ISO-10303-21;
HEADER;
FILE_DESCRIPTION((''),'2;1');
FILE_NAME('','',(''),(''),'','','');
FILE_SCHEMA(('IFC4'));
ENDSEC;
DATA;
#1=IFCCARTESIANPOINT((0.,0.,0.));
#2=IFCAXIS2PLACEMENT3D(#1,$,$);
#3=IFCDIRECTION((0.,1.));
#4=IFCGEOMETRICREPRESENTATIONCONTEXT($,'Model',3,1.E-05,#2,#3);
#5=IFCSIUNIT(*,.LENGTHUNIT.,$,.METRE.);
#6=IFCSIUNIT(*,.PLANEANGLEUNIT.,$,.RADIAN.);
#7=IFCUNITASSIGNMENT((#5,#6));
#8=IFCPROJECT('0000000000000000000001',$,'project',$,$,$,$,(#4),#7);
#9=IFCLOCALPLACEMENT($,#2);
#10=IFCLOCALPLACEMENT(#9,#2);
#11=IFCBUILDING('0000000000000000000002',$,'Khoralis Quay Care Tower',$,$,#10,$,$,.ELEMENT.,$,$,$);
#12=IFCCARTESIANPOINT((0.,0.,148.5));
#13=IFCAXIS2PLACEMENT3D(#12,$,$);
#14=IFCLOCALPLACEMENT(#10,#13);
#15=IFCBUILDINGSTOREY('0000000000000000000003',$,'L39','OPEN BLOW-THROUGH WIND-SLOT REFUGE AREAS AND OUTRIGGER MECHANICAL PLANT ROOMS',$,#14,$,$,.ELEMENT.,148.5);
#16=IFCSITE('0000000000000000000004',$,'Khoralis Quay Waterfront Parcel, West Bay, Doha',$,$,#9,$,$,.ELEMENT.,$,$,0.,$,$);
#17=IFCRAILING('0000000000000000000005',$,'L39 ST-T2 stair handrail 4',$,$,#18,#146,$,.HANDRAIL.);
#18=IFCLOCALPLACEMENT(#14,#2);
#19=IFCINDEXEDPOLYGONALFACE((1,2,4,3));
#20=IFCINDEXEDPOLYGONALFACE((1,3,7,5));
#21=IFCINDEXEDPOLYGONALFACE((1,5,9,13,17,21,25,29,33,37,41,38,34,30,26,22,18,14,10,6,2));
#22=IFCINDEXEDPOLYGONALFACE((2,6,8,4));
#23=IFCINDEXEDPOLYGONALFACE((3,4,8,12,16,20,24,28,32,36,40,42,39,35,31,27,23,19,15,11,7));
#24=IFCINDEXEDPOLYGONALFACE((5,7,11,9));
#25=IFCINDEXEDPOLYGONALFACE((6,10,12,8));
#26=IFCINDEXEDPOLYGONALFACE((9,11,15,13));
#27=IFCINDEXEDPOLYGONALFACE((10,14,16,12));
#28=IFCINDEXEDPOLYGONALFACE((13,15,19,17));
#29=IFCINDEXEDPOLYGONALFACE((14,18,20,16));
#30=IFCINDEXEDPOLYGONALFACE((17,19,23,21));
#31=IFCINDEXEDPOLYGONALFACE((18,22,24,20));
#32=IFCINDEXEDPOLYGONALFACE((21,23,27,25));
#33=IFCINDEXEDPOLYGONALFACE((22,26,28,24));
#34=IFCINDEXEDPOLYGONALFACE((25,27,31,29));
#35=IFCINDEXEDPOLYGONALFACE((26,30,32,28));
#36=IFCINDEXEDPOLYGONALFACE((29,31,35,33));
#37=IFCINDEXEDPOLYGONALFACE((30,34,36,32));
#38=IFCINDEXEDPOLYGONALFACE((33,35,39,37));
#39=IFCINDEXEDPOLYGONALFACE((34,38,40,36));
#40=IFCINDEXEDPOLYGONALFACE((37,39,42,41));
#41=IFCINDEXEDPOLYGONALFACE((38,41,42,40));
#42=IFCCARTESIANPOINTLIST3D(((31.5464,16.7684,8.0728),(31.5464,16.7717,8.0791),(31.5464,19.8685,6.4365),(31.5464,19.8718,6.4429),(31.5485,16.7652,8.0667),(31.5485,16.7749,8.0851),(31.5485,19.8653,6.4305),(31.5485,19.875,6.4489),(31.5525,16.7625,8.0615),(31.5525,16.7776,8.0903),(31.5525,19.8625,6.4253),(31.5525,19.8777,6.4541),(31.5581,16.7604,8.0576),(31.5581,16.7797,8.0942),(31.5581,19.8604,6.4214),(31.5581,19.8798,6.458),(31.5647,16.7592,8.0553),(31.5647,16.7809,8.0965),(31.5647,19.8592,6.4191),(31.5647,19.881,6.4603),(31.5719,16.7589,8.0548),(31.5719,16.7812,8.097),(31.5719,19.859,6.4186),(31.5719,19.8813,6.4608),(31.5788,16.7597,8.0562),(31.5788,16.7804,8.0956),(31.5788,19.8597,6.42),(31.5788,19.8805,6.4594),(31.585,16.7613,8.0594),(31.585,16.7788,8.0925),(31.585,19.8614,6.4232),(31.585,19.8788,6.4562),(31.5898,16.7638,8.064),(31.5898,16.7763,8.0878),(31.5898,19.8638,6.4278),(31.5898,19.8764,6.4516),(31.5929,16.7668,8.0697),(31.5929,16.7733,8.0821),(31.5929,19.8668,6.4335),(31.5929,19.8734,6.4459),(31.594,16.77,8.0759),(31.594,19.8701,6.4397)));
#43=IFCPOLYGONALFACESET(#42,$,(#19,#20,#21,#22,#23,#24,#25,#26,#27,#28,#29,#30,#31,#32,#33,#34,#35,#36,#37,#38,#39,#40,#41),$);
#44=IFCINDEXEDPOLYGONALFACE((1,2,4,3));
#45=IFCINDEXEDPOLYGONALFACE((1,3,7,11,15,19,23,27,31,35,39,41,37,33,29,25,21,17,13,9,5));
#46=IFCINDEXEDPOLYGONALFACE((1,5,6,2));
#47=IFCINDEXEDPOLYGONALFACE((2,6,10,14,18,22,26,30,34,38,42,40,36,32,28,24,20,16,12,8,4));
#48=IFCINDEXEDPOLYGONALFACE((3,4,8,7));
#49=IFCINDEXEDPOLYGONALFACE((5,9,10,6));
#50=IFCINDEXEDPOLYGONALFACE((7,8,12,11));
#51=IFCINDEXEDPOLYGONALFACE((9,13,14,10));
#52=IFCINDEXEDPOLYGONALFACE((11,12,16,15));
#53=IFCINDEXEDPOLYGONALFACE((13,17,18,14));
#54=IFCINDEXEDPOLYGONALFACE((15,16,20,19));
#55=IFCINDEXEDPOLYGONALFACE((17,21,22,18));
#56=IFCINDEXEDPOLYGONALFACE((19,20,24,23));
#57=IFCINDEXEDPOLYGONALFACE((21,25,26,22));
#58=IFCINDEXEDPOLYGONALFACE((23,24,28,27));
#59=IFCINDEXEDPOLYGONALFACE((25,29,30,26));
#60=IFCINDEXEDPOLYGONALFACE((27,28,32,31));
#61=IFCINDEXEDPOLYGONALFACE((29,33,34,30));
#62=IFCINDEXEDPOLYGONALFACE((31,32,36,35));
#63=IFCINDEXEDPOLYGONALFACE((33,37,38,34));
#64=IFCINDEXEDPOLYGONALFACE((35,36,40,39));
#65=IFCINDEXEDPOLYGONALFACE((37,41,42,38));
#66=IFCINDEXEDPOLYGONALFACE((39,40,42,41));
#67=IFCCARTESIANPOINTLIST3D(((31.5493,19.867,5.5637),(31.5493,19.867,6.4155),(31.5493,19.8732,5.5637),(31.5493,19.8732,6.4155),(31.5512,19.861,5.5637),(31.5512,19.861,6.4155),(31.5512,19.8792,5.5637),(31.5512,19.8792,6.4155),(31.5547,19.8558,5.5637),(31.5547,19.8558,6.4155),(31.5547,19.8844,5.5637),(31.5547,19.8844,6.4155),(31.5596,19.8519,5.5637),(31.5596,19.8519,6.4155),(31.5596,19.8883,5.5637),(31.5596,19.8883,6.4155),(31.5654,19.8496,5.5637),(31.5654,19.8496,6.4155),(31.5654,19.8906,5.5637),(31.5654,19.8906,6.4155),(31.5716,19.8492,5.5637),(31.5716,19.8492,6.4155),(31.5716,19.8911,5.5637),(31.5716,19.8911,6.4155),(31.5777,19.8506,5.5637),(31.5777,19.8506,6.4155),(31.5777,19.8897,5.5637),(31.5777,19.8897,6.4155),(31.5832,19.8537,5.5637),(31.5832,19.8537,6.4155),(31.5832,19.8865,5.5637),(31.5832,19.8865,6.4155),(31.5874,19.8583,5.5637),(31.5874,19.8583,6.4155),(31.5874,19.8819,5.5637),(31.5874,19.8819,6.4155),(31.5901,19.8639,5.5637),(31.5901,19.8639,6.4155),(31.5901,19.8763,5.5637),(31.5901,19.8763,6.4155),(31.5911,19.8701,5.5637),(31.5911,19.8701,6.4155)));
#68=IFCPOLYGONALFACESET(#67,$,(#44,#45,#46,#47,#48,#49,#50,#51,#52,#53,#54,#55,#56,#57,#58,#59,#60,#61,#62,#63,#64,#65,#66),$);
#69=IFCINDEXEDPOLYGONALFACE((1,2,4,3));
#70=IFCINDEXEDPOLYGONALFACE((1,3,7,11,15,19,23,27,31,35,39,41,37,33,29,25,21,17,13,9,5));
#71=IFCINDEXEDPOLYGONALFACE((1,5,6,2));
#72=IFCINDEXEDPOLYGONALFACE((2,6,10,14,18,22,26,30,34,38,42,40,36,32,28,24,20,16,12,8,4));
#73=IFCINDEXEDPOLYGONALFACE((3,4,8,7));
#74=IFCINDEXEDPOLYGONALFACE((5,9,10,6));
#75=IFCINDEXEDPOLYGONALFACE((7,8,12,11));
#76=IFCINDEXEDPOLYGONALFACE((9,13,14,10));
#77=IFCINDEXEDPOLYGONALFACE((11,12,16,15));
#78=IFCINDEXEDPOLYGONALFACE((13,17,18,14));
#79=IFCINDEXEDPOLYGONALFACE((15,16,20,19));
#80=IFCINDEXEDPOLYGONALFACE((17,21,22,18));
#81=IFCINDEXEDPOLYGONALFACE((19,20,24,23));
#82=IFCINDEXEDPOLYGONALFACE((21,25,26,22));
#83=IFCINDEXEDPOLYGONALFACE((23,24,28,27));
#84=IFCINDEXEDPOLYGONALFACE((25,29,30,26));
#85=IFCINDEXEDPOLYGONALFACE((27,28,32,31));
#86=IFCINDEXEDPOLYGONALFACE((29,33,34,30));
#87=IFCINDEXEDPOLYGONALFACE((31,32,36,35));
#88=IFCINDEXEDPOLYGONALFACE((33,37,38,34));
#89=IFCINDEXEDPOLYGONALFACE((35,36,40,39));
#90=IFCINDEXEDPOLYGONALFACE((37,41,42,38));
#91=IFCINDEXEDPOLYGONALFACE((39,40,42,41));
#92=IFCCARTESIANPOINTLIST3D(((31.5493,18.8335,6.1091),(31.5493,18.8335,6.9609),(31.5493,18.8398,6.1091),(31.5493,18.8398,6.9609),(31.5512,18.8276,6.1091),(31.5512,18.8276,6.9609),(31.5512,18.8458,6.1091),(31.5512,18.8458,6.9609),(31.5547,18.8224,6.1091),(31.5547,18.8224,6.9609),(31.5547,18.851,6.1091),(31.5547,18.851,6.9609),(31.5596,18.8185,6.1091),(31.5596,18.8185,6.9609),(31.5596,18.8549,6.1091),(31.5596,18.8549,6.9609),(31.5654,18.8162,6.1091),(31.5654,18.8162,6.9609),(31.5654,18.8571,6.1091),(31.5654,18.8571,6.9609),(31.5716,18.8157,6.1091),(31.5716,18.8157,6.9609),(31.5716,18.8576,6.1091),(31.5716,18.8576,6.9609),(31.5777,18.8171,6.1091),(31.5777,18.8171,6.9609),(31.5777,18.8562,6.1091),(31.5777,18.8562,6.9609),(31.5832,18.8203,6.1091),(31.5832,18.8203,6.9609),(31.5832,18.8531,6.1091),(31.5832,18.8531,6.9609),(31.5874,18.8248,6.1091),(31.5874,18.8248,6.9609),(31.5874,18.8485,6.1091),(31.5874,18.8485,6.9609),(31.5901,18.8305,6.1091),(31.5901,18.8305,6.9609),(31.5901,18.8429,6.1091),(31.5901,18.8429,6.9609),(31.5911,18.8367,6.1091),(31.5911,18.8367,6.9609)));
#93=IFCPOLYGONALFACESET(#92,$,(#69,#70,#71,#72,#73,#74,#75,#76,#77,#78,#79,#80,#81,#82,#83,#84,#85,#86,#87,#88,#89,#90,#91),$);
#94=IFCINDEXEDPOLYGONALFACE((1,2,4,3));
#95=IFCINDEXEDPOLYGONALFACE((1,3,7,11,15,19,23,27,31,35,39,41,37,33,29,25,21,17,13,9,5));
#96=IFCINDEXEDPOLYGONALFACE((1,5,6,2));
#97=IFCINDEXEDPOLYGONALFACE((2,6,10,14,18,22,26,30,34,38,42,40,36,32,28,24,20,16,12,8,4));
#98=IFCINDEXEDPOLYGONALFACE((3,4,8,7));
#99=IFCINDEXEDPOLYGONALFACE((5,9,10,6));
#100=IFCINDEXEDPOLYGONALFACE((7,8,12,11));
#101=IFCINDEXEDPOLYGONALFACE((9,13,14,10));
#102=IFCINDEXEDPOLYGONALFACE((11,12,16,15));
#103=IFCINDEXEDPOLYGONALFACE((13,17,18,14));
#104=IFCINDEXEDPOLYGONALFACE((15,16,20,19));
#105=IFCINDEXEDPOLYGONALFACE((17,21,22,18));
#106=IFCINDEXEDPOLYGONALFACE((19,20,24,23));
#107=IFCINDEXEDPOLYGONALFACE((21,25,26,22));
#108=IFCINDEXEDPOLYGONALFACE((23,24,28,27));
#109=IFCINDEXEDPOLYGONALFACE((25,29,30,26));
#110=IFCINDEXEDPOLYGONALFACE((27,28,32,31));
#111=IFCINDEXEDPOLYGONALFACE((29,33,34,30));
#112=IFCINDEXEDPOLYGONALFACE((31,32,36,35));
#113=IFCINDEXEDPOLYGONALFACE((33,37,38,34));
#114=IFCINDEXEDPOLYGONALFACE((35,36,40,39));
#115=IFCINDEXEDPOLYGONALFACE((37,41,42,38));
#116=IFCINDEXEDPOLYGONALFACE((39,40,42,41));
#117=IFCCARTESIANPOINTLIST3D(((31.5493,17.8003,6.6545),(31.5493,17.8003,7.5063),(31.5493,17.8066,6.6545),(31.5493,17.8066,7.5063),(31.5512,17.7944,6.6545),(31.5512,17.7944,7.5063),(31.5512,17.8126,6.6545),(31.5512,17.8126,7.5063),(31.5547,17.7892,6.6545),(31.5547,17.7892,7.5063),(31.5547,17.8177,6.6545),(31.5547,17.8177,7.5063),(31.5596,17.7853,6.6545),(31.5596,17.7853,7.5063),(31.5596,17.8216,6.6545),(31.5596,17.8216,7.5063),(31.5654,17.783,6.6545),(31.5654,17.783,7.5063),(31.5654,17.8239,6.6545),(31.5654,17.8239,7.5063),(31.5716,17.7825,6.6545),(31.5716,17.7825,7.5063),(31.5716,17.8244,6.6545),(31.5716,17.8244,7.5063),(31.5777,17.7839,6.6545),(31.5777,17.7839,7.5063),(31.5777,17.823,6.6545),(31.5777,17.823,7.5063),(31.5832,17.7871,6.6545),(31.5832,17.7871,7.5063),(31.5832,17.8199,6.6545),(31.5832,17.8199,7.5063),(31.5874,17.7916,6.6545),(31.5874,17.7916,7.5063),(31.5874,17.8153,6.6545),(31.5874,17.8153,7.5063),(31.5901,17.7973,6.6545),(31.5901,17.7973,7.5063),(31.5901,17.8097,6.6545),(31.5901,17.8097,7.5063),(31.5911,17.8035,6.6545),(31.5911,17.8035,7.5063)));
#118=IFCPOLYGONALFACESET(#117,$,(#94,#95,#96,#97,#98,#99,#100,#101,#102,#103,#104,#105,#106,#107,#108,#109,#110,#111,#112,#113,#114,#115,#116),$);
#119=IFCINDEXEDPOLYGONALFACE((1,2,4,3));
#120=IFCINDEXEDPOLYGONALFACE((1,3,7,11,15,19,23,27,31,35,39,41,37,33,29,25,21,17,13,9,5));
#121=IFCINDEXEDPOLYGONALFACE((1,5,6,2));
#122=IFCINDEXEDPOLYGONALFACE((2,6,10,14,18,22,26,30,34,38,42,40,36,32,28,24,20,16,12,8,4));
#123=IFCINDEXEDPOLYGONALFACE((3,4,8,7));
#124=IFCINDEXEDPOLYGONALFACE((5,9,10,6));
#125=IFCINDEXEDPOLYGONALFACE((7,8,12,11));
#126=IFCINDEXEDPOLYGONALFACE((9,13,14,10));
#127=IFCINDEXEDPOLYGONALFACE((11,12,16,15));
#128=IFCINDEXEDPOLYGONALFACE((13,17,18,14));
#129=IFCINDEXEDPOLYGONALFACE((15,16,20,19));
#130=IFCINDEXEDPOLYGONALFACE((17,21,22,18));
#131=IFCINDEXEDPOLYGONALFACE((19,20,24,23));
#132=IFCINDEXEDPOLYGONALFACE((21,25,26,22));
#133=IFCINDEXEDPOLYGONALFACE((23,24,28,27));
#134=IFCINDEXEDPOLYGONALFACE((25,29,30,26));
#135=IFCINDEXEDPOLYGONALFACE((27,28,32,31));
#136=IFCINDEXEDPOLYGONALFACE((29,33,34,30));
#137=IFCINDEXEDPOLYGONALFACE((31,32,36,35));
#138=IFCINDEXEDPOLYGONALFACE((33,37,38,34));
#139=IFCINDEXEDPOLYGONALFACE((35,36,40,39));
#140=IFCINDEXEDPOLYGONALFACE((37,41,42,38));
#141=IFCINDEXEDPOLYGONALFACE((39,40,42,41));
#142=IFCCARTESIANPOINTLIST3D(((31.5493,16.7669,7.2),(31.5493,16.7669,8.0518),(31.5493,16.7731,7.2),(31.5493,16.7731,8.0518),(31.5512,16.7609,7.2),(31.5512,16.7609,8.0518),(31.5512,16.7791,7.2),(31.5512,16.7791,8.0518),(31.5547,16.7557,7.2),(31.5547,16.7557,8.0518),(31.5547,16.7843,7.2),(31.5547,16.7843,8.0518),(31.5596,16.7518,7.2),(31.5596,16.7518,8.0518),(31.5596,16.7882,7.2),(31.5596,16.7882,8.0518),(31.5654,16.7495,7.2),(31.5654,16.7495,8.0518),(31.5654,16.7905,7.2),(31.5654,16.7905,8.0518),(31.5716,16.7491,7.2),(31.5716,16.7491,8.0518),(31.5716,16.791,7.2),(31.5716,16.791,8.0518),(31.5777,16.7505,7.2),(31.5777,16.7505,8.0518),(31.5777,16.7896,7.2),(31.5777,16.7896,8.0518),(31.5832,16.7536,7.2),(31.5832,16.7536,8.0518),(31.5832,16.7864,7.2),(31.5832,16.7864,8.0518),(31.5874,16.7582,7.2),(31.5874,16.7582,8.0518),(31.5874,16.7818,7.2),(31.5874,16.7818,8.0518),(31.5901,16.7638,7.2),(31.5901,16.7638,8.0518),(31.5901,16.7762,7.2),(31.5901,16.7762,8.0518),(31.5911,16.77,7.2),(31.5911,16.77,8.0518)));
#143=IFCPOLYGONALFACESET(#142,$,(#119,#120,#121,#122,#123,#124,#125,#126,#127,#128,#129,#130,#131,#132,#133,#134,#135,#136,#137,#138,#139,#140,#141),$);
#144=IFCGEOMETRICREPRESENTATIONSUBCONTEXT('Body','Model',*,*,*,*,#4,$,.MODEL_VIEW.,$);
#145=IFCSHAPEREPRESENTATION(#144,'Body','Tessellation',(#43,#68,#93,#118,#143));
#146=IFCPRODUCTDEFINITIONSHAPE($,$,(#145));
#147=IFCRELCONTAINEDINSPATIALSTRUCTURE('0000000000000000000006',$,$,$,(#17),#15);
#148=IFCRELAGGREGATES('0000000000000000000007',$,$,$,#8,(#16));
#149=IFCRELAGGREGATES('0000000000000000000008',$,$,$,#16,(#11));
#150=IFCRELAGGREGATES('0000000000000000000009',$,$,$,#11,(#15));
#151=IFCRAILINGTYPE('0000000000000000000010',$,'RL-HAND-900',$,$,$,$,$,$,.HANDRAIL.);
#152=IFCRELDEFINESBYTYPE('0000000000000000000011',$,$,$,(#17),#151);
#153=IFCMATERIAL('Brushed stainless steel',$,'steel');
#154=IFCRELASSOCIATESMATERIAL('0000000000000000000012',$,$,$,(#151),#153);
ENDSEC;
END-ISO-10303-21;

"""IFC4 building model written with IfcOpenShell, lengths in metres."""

from ifc_helpers import new_model, si_unit, direction, frame, origin, origin_2d, place, context, subcontext, project, spatial, circle, extrude, material, type_object, element, save


model = new_model("IFC4")

# Units and contexts
model_context = context("Model", 3, precision=1e-05, world=origin(), true_north=direction((0.0, 1.0)))
body_context = subcontext(model_context, "Body", "Model", "MODEL_VIEW")
ifc_project = project(units=[si_unit("LENGTHUNIT", "METRE"), si_unit("PLANEANGLEUNIT", "RADIAN")], contexts=[model_context])

# Site, building, storey
site_placement = place(None, origin())
site = spatial("IfcSite", under=ifc_project, at=site_placement, Name="Khoralis Quay Waterfront Parcel, West Bay, Doha", CompositionType="ELEMENT", RefElevation=0.0)
building_placement = place(site_placement, origin())
building = spatial("IfcBuilding", under=site, at=building_placement, Name="Khoralis Quay Care Tower", CompositionType="ELEMENT")
storey_placement = place(building_placement, frame((0.0, 0.0, 148.5)))
storey = spatial("IfcBuildingStorey", under=building, at=storey_placement, Name="L39", Description="OPEN BLOW-THROUGH WIND-SLOT REFUGE AREAS AND OUTRIGGER MECHANICAL PLANT ROOMS", CompositionType="ELEMENT", Elevation=148.5)

# Shared definitions
ifc_material_1 = material(Name="Brushed stainless steel", Category="steel")

# Railing
railing_type_1 = type_object("IfcRailingType", Name="RL-HAND-900", PredefinedType="HANDRAIL", material=ifc_material_1)
railing_1_placement = place(storey_placement, frame((31.5701, 19.8701, 5.5637)))
element("IfcRailing", 1, at=railing_1_placement, inside=storey, type_object=railing_type_1, Name="L39 ST-T2 stair handrail 4", PredefinedType="HANDRAIL", context=body_context, shape_type="SweptSolid", body=[
    extrude(circle(Radius=0.0239, at=origin_2d()), frame((0.0, 0.0, 0.876), z_axis=(0.0, -0.884377, 0.466774), x_axis=(1.0, 0.0, 0.0)), (0.0, 0.0, 1.0), 3.5054),
    extrude(circle(Radius=0.021, at=origin_2d()), origin(), (0.0, 0.0, 1.0), 0.8518),
    extrude(circle(Radius=0.021, at=origin_2d()), frame((0.0, -1.0334, 0.5454)), (0.0, 0.0, 1.0), 0.8518),
    extrude(circle(Radius=0.021, at=origin_2d()), frame((0.0, -2.0667, 1.0908)), (0.0, 0.0, 1.0), 0.8518),
    extrude(circle(Radius=0.021, at=origin_2d()), frame((0.0, -3.1001, 1.6362)), (0.0, 0.0, 1.0), 0.8518),
])

save(model, "model.ifc")
